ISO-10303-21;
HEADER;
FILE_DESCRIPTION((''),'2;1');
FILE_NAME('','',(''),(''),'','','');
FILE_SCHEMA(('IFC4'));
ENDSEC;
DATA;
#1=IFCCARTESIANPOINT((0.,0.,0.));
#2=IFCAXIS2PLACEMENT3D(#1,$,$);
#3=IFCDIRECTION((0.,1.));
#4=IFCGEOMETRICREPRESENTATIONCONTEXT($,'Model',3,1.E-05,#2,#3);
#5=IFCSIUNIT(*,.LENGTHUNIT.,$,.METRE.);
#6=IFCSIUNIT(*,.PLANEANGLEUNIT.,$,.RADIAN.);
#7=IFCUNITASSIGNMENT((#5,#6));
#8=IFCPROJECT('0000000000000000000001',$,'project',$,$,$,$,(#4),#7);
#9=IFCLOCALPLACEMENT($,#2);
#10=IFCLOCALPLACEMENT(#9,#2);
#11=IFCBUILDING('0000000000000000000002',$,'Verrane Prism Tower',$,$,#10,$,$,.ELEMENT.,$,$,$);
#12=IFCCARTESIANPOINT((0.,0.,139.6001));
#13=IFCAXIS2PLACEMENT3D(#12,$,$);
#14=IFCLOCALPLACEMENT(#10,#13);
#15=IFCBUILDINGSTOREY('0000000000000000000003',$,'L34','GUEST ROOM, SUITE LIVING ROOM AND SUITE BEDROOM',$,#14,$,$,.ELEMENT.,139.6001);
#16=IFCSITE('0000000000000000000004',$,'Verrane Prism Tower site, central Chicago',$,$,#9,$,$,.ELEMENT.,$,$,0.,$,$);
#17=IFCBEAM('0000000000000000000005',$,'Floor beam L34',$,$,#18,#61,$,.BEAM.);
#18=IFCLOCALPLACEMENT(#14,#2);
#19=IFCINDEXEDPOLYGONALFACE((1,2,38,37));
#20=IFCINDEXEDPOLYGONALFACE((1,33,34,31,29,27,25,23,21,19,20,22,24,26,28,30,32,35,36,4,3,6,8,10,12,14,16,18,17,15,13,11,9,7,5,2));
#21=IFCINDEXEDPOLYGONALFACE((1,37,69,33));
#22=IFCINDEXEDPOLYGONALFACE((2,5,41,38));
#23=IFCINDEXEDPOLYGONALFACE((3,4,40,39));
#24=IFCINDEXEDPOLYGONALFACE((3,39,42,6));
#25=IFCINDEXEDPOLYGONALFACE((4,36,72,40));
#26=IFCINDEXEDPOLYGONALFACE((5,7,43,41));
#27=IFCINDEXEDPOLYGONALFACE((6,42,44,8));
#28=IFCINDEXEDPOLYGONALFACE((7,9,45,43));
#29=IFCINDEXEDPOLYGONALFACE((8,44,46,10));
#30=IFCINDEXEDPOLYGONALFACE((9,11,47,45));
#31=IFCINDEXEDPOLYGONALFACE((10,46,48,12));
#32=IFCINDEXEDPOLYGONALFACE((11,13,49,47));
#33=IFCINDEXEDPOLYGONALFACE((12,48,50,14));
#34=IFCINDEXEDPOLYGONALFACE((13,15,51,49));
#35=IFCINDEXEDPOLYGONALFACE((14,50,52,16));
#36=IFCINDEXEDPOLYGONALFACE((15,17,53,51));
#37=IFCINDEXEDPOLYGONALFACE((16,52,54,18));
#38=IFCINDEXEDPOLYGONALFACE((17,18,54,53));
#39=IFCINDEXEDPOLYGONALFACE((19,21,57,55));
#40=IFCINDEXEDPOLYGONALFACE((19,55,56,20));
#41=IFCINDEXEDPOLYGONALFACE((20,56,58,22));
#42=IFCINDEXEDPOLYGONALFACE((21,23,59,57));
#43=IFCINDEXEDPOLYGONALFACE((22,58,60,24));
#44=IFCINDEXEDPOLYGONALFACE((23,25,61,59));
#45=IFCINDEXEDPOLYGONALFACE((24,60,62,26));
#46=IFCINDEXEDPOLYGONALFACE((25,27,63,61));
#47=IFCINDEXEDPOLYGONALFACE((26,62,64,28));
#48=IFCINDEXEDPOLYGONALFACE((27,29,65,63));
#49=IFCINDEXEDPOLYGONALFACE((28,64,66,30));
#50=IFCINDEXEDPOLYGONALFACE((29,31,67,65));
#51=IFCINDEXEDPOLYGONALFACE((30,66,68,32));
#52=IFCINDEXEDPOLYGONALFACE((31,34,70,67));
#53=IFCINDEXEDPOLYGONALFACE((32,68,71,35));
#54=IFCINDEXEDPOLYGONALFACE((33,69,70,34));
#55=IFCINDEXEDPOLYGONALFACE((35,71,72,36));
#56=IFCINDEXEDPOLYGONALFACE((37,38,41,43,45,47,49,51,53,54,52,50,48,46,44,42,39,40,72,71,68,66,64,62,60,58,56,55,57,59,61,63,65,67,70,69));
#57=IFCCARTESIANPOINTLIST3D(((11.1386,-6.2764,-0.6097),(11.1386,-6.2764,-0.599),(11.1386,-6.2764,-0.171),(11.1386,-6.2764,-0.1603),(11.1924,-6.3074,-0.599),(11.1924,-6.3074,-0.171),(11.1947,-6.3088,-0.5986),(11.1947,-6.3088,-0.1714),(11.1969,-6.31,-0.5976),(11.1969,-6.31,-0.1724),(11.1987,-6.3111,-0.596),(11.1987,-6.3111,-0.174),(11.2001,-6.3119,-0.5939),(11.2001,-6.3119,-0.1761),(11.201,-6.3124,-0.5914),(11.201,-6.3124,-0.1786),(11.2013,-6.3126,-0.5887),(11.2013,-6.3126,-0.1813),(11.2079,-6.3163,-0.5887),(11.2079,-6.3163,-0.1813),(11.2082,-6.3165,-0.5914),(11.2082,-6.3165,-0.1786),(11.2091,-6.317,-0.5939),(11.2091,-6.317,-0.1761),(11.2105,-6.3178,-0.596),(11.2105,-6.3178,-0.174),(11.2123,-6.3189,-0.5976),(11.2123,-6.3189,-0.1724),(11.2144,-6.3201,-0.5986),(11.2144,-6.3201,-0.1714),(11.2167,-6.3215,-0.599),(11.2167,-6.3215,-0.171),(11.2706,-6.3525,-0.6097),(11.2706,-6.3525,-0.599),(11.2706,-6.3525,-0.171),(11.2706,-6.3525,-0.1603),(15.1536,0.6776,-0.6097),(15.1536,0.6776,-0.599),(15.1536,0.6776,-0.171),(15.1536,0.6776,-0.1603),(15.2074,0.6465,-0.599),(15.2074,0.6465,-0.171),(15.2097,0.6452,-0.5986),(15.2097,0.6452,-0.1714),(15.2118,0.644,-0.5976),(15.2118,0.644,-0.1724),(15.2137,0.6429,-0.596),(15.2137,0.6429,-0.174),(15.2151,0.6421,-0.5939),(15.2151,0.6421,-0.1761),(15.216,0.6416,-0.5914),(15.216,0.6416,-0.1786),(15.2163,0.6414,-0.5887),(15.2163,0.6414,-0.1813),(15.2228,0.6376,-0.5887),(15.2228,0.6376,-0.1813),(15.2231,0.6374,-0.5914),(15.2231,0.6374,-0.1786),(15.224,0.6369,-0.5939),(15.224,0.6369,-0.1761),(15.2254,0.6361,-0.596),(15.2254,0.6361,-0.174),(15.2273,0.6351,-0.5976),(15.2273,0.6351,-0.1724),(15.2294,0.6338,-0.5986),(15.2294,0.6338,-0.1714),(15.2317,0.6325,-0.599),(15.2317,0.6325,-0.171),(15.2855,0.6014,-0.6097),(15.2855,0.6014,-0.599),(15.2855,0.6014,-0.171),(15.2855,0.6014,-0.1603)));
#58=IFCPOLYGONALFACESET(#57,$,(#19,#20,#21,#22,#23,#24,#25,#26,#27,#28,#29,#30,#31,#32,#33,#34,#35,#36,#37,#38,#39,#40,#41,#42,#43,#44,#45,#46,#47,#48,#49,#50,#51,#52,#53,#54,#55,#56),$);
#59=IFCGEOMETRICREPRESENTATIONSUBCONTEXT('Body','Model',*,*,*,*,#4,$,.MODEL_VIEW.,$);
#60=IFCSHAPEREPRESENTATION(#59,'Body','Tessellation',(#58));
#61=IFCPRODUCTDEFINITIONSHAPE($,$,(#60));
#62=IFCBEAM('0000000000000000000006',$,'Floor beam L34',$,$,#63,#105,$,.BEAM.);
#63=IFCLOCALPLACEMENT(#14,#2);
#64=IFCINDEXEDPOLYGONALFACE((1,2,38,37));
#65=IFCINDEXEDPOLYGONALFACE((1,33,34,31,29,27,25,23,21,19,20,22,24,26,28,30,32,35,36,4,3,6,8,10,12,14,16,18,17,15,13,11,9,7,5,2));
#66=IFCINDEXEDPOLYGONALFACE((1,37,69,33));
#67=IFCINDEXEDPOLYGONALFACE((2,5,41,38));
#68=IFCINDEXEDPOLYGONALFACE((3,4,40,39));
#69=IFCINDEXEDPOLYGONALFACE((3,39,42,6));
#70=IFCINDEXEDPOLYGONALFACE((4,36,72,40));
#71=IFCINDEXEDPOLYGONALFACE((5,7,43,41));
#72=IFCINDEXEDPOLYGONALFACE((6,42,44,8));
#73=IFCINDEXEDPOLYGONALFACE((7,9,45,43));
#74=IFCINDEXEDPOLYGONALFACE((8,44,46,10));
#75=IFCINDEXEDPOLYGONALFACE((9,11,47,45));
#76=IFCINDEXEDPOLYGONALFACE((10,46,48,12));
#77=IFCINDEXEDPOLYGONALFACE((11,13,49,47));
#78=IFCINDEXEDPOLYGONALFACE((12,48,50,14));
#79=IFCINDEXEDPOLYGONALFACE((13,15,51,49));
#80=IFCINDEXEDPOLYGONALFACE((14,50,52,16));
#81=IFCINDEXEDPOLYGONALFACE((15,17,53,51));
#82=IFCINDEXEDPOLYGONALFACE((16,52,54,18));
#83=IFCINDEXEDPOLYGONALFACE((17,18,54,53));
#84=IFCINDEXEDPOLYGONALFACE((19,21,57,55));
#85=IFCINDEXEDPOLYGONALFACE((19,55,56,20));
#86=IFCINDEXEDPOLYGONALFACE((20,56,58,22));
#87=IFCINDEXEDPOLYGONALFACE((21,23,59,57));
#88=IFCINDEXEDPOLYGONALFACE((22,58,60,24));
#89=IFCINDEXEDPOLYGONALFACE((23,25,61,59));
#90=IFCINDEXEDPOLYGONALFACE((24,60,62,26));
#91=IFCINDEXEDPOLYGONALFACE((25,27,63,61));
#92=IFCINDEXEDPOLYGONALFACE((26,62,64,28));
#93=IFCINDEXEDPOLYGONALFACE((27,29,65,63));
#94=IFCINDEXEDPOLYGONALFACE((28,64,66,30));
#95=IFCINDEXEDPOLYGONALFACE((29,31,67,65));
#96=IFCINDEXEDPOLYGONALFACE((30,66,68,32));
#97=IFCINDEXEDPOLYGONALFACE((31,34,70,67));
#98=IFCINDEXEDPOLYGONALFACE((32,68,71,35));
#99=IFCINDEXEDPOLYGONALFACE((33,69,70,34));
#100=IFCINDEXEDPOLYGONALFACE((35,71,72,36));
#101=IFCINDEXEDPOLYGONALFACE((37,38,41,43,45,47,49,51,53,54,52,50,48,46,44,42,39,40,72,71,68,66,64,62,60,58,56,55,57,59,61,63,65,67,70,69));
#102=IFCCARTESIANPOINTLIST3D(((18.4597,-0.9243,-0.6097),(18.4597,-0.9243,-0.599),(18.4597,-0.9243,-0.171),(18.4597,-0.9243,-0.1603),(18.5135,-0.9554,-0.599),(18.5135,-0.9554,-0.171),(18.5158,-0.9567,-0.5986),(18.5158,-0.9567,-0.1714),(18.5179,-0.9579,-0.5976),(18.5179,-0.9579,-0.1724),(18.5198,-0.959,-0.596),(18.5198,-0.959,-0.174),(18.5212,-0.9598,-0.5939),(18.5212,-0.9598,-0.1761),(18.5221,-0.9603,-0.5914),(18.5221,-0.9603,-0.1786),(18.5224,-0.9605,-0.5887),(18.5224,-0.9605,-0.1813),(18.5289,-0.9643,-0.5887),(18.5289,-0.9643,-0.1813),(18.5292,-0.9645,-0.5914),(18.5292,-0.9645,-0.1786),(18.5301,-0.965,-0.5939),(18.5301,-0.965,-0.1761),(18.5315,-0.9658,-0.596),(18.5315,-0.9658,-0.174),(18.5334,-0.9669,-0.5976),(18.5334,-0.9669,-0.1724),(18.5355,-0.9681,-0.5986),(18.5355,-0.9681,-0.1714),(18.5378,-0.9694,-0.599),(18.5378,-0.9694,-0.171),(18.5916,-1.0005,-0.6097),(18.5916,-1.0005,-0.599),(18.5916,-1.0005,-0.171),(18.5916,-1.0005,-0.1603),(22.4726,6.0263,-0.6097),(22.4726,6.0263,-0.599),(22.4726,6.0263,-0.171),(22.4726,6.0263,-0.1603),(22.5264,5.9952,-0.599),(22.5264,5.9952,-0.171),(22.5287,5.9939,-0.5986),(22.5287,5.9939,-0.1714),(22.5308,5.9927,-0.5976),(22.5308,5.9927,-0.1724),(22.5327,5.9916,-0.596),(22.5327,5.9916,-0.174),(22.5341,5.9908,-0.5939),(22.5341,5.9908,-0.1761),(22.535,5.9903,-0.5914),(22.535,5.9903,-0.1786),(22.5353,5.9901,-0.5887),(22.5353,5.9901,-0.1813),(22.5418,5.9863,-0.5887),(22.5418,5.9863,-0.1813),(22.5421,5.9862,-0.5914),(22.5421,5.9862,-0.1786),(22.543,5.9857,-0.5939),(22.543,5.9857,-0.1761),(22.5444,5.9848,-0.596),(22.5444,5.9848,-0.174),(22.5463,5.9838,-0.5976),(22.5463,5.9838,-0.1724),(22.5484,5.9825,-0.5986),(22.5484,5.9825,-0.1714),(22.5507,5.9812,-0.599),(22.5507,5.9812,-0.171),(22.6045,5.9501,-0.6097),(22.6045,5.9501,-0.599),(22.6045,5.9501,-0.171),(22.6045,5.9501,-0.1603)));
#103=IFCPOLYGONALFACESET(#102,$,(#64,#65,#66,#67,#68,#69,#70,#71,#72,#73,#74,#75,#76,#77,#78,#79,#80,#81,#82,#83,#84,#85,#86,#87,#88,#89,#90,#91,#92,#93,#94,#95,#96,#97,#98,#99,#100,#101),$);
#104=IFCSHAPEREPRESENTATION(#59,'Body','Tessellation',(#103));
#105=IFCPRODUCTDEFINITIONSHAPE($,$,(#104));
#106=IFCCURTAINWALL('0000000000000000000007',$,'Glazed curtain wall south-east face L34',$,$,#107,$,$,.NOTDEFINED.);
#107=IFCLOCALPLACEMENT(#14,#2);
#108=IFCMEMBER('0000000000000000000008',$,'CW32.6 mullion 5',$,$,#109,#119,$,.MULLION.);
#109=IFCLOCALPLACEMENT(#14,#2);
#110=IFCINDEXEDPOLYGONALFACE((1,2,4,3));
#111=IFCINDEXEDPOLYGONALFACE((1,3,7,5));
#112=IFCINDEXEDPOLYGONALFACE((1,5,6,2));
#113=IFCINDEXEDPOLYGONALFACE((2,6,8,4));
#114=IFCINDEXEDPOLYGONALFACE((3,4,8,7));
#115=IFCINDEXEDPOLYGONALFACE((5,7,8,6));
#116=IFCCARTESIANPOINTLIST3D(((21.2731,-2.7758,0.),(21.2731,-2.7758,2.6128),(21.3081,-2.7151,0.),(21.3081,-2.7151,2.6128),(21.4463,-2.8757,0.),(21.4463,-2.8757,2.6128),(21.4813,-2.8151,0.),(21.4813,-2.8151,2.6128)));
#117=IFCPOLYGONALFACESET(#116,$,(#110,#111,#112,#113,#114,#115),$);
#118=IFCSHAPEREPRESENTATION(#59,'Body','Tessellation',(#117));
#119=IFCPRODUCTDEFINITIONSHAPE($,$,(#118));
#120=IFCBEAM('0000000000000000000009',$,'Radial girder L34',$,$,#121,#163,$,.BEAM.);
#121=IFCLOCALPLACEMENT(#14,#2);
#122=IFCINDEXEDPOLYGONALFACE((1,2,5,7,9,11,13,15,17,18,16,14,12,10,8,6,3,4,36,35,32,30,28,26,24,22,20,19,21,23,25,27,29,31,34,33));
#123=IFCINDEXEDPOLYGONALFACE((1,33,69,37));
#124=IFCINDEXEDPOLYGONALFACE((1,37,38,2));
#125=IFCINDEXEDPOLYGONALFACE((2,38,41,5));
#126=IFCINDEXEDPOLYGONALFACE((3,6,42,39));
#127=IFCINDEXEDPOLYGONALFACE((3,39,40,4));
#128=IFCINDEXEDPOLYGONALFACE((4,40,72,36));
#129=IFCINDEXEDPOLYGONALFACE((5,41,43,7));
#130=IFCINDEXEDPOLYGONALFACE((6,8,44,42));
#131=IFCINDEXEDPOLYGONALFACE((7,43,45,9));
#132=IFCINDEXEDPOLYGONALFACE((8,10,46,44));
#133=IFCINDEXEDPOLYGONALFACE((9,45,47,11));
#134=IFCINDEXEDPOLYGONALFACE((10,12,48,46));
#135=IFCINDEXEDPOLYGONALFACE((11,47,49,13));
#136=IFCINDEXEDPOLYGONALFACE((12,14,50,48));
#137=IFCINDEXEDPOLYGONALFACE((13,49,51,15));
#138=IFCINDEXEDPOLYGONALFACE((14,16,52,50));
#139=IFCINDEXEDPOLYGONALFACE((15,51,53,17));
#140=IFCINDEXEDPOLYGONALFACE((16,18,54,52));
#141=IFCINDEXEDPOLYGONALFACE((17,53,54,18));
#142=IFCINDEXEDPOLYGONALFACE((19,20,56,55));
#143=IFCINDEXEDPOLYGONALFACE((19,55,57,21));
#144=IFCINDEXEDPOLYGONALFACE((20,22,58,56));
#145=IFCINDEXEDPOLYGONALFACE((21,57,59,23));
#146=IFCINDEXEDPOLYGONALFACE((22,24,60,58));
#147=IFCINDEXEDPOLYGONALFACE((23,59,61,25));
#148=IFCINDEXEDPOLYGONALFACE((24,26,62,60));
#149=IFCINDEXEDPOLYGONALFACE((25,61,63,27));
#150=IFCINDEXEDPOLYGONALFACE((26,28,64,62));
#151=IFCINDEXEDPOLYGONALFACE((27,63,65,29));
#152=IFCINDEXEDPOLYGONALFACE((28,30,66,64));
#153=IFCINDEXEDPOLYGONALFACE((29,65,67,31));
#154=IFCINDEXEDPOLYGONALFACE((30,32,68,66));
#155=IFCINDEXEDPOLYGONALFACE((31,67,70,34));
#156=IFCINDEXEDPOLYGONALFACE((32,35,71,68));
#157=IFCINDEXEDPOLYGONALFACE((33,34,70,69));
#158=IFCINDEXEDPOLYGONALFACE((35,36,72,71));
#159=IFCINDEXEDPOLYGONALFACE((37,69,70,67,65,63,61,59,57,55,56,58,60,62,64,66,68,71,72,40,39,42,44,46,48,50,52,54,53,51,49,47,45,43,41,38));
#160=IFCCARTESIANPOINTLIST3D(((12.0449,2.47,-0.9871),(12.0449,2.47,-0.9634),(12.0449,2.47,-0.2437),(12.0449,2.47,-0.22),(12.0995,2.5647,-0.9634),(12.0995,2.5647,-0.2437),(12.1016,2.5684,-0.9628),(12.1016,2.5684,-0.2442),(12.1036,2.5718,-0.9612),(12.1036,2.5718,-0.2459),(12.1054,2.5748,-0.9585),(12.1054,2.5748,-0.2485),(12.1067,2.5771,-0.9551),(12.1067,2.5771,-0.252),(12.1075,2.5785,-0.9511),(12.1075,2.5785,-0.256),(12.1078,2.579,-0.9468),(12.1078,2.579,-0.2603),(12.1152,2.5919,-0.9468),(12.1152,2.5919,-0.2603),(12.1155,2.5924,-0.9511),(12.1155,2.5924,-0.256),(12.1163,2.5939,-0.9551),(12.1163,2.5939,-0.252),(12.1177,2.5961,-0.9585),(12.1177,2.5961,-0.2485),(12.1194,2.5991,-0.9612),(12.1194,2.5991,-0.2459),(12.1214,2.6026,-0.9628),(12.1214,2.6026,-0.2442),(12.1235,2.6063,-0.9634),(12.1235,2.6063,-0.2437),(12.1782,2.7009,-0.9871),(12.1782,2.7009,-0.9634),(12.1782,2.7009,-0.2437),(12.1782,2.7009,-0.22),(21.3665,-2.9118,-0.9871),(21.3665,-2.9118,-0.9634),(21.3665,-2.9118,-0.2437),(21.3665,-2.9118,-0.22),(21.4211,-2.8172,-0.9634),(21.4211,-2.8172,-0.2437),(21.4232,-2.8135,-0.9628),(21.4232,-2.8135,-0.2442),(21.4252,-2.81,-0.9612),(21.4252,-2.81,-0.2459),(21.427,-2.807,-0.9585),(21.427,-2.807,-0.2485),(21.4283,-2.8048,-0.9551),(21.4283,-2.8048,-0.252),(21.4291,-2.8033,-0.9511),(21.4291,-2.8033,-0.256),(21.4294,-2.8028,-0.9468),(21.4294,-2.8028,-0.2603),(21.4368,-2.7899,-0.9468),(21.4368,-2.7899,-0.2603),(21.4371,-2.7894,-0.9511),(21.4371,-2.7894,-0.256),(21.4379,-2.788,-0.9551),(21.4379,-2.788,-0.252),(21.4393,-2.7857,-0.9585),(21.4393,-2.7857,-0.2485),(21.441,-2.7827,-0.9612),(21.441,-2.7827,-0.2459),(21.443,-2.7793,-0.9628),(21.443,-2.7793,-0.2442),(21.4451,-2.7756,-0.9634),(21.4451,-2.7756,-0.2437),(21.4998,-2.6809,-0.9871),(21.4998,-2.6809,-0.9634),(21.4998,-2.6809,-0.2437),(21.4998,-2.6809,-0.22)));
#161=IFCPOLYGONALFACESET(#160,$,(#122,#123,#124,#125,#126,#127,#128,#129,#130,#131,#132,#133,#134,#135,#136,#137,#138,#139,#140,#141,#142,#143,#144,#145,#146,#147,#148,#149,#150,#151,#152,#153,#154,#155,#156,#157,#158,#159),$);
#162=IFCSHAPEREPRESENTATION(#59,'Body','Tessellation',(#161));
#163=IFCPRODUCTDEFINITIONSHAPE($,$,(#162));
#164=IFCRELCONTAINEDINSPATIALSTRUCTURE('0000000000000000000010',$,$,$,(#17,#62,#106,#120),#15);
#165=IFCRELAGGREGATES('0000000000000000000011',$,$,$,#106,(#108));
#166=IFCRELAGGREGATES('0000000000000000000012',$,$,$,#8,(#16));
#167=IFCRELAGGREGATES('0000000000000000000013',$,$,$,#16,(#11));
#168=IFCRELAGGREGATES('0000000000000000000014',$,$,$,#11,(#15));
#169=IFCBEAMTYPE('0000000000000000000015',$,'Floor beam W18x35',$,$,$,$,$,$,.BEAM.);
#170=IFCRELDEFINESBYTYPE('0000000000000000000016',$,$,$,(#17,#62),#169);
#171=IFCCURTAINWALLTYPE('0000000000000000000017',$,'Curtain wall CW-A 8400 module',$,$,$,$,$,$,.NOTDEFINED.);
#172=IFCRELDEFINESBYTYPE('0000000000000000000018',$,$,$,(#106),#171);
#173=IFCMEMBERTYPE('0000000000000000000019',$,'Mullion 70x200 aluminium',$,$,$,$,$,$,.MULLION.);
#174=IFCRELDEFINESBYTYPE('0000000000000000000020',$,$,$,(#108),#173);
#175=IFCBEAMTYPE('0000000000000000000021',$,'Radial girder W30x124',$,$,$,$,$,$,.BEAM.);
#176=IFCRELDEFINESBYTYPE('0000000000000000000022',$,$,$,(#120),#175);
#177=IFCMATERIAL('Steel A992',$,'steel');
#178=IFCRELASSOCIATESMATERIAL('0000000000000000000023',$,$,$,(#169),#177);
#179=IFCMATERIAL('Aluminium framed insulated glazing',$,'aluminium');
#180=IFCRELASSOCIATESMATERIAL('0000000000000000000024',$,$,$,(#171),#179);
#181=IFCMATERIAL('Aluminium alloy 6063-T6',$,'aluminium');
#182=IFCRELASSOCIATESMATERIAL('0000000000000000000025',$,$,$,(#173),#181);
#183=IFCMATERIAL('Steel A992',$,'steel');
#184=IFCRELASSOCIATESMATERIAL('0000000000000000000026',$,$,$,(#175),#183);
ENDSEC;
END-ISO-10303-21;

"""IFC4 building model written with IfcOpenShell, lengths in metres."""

from ifc_helpers import new_model, si_unit, direction, frame, origin, origin_2d, place, context, subcontext, project, spatial, rectangle, i_section, extrude, material, material_profile, profile_set, type_object, element, aggregate, save


model = new_model("IFC4")

# Units and contexts
model_context = context("Model", 3, precision=1e-05, world=origin(), true_north=direction((0.0, 1.0)))
body_context = subcontext(model_context, "Body", "Model", "MODEL_VIEW")
ifc_project = project(units=[si_unit("LENGTHUNIT", "METRE"), si_unit("PLANEANGLEUNIT", "RADIAN")], contexts=[model_context])

# Site, building, storey
site_placement = place(None, origin())
site = spatial("IfcSite", under=ifc_project, at=site_placement, Name="Verrane Prism Tower site, central Chicago", CompositionType="ELEMENT", RefElevation=0.0)
building_placement = place(site_placement, origin())
building = spatial("IfcBuilding", under=site, at=building_placement, Name="Verrane Prism Tower", CompositionType="ELEMENT")
storey_placement = place(building_placement, frame((0.0, 0.0, 139.6001)))
storey = spatial("IfcBuildingStorey", under=building, at=storey_placement, Name="L34", Description="GUEST ROOM, SUITE LIVING ROOM AND SUITE BEDROOM", CompositionType="ELEMENT", Elevation=139.6001)

# Beams
ifc_material_1 = material(Name="Steel A992", Category="steel")
ifc_material_profile_1 = material_profile(ifc_material_1, i_section(OverallWidth=0.1523, OverallDepth=0.4495, WebThickness=0.0076, FlangeThickness=0.0107, FilletRadius=0.0103, at=origin_2d()), Name="W18x35")
ifc_profile_set_1 = profile_set([ifc_material_profile_1], Name="Steel A992")
beam_type_1 = type_object("IfcBeamType", Name="Floor beam W18x35", PredefinedType="BEAM", material=ifc_profile_set_1)
for number, where, z_axis, x_axis, name in (
    (1, (11.2046, -6.3145, -0.385), (0.500008, 0.866021, 0.0), (-0.866021, 0.500008, 0.0), "Floor beam L34"),
):
    element("IfcBeam", number, at=place(storey_placement, frame(where, z_axis=z_axis, x_axis=x_axis)), inside=storey, type_object=beam_type_1, Name=name, PredefinedType="BEAM", context=body_context, shape_type="SweptSolid", body=[
        extrude(i_section(OverallWidth=0.1523, OverallDepth=0.4495, WebThickness=0.0076, FlangeThickness=0.0107, FilletRadius=0.0103, at=origin_2d()), origin(), (0.0, 0.0, 1.0), 8.0298),
    ])
beam_1_placement = place(storey_placement, frame((18.5256, -0.9624, -0.385), z_axis=(0.499996, 0.866028, 0.0), x_axis=(-0.866028, 0.499996, 0.0)))
element("IfcBeam", 2, at=beam_1_placement, inside=storey, type_object=beam_type_1, Name="Floor beam L34", PredefinedType="BEAM", context=body_context, shape_type="SweptSolid", body=[
    extrude(i_section(OverallWidth=0.1523, OverallDepth=0.4495, WebThickness=0.0076, FlangeThickness=0.0107, FilletRadius=0.0103, at=origin_2d()), origin(), (0.0, 0.0, 1.0), 8.0259),
])

# Curtain wall, member
ifc_material_2 = material(Name="Aluminium framed insulated glazing", Category="aluminium")
curtain_wall_type = type_object("IfcCurtainWallType", Name="Curtain wall CW-A 8400 module", PredefinedType="NOTDEFINED", material=ifc_material_2)
curtain_wall_placement = place(storey_placement, origin())
curtain_wall = element("IfcCurtainWall", 3, at=curtain_wall_placement, inside=storey, type_object=curtain_wall_type, Name="Glazed curtain wall south-east face L34", PredefinedType="NOTDEFINED")
ifc_material_3 = material(Name="Aluminium alloy 6063-T6", Category="aluminium")
ifc_material_profile_2 = material_profile(ifc_material_3, rectangle(XDim=0.2, YDim=0.0701, at=origin_2d()), Name="Mullion 70x200 aluminium")
ifc_profile_set_2 = profile_set([ifc_material_profile_2], Name="Aluminium alloy 6063-T6")
member_type_1 = type_object("IfcMemberType", Name="Mullion 70x200 aluminium", PredefinedType="MULLION", material=ifc_profile_set_2)
member_1_placement = place(storey_placement, frame((21.3772, -2.7954, 0.0), z_axis=(0.0, 0.0, 1.0), x_axis=(-0.866025, 0.5, 0.0)))
member_1 = element("IfcMember", 4, at=member_1_placement, type_object=member_type_1, Name="CW32.6 mullion 5", PredefinedType="MULLION", context=body_context, shape_type="SweptSolid", body=[
    extrude(rectangle(XDim=0.2, YDim=0.0701, at=origin_2d()), origin(), (0.0, 0.0, 1.0), 2.6128),
])

# Beam
ifc_material_4 = material(Name="Steel A992", Category="steel")
ifc_material_profile_3 = material_profile(ifc_material_4, i_section(OverallWidth=0.2666, OverallDepth=0.7671, WebThickness=0.0149, FlangeThickness=0.0237, FilletRadius=0.0166, at=origin_2d()), Name="W30x124")
ifc_profile_set_3 = profile_set([ifc_material_profile_3], Name="Steel A992")
beam_type_2 = type_object("IfcBeamType", Name="Radial girder W30x124", PredefinedType="BEAM", material=ifc_profile_set_3)
beam_2_placement = place(storey_placement, frame((21.4331, -2.7964, -0.6035), z_axis=(-0.866024, 0.500003, 0.0), x_axis=(-0.500003, -0.866024, 0.0)))
element("IfcBeam", 5, at=beam_2_placement, inside=storey, type_object=beam_type_2, Name="Radial girder L34", PredefinedType="BEAM", context=body_context, shape_type="SweptSolid", body=[
    extrude(i_section(OverallWidth=0.2666, OverallDepth=0.7671, WebThickness=0.0149, FlangeThickness=0.0237, FilletRadius=0.0166, at=origin_2d()), origin(), (0.0, 0.0, 1.0), 10.7637),
])

aggregate(curtain_wall, [member_1])

save(model, "model.ifc")
